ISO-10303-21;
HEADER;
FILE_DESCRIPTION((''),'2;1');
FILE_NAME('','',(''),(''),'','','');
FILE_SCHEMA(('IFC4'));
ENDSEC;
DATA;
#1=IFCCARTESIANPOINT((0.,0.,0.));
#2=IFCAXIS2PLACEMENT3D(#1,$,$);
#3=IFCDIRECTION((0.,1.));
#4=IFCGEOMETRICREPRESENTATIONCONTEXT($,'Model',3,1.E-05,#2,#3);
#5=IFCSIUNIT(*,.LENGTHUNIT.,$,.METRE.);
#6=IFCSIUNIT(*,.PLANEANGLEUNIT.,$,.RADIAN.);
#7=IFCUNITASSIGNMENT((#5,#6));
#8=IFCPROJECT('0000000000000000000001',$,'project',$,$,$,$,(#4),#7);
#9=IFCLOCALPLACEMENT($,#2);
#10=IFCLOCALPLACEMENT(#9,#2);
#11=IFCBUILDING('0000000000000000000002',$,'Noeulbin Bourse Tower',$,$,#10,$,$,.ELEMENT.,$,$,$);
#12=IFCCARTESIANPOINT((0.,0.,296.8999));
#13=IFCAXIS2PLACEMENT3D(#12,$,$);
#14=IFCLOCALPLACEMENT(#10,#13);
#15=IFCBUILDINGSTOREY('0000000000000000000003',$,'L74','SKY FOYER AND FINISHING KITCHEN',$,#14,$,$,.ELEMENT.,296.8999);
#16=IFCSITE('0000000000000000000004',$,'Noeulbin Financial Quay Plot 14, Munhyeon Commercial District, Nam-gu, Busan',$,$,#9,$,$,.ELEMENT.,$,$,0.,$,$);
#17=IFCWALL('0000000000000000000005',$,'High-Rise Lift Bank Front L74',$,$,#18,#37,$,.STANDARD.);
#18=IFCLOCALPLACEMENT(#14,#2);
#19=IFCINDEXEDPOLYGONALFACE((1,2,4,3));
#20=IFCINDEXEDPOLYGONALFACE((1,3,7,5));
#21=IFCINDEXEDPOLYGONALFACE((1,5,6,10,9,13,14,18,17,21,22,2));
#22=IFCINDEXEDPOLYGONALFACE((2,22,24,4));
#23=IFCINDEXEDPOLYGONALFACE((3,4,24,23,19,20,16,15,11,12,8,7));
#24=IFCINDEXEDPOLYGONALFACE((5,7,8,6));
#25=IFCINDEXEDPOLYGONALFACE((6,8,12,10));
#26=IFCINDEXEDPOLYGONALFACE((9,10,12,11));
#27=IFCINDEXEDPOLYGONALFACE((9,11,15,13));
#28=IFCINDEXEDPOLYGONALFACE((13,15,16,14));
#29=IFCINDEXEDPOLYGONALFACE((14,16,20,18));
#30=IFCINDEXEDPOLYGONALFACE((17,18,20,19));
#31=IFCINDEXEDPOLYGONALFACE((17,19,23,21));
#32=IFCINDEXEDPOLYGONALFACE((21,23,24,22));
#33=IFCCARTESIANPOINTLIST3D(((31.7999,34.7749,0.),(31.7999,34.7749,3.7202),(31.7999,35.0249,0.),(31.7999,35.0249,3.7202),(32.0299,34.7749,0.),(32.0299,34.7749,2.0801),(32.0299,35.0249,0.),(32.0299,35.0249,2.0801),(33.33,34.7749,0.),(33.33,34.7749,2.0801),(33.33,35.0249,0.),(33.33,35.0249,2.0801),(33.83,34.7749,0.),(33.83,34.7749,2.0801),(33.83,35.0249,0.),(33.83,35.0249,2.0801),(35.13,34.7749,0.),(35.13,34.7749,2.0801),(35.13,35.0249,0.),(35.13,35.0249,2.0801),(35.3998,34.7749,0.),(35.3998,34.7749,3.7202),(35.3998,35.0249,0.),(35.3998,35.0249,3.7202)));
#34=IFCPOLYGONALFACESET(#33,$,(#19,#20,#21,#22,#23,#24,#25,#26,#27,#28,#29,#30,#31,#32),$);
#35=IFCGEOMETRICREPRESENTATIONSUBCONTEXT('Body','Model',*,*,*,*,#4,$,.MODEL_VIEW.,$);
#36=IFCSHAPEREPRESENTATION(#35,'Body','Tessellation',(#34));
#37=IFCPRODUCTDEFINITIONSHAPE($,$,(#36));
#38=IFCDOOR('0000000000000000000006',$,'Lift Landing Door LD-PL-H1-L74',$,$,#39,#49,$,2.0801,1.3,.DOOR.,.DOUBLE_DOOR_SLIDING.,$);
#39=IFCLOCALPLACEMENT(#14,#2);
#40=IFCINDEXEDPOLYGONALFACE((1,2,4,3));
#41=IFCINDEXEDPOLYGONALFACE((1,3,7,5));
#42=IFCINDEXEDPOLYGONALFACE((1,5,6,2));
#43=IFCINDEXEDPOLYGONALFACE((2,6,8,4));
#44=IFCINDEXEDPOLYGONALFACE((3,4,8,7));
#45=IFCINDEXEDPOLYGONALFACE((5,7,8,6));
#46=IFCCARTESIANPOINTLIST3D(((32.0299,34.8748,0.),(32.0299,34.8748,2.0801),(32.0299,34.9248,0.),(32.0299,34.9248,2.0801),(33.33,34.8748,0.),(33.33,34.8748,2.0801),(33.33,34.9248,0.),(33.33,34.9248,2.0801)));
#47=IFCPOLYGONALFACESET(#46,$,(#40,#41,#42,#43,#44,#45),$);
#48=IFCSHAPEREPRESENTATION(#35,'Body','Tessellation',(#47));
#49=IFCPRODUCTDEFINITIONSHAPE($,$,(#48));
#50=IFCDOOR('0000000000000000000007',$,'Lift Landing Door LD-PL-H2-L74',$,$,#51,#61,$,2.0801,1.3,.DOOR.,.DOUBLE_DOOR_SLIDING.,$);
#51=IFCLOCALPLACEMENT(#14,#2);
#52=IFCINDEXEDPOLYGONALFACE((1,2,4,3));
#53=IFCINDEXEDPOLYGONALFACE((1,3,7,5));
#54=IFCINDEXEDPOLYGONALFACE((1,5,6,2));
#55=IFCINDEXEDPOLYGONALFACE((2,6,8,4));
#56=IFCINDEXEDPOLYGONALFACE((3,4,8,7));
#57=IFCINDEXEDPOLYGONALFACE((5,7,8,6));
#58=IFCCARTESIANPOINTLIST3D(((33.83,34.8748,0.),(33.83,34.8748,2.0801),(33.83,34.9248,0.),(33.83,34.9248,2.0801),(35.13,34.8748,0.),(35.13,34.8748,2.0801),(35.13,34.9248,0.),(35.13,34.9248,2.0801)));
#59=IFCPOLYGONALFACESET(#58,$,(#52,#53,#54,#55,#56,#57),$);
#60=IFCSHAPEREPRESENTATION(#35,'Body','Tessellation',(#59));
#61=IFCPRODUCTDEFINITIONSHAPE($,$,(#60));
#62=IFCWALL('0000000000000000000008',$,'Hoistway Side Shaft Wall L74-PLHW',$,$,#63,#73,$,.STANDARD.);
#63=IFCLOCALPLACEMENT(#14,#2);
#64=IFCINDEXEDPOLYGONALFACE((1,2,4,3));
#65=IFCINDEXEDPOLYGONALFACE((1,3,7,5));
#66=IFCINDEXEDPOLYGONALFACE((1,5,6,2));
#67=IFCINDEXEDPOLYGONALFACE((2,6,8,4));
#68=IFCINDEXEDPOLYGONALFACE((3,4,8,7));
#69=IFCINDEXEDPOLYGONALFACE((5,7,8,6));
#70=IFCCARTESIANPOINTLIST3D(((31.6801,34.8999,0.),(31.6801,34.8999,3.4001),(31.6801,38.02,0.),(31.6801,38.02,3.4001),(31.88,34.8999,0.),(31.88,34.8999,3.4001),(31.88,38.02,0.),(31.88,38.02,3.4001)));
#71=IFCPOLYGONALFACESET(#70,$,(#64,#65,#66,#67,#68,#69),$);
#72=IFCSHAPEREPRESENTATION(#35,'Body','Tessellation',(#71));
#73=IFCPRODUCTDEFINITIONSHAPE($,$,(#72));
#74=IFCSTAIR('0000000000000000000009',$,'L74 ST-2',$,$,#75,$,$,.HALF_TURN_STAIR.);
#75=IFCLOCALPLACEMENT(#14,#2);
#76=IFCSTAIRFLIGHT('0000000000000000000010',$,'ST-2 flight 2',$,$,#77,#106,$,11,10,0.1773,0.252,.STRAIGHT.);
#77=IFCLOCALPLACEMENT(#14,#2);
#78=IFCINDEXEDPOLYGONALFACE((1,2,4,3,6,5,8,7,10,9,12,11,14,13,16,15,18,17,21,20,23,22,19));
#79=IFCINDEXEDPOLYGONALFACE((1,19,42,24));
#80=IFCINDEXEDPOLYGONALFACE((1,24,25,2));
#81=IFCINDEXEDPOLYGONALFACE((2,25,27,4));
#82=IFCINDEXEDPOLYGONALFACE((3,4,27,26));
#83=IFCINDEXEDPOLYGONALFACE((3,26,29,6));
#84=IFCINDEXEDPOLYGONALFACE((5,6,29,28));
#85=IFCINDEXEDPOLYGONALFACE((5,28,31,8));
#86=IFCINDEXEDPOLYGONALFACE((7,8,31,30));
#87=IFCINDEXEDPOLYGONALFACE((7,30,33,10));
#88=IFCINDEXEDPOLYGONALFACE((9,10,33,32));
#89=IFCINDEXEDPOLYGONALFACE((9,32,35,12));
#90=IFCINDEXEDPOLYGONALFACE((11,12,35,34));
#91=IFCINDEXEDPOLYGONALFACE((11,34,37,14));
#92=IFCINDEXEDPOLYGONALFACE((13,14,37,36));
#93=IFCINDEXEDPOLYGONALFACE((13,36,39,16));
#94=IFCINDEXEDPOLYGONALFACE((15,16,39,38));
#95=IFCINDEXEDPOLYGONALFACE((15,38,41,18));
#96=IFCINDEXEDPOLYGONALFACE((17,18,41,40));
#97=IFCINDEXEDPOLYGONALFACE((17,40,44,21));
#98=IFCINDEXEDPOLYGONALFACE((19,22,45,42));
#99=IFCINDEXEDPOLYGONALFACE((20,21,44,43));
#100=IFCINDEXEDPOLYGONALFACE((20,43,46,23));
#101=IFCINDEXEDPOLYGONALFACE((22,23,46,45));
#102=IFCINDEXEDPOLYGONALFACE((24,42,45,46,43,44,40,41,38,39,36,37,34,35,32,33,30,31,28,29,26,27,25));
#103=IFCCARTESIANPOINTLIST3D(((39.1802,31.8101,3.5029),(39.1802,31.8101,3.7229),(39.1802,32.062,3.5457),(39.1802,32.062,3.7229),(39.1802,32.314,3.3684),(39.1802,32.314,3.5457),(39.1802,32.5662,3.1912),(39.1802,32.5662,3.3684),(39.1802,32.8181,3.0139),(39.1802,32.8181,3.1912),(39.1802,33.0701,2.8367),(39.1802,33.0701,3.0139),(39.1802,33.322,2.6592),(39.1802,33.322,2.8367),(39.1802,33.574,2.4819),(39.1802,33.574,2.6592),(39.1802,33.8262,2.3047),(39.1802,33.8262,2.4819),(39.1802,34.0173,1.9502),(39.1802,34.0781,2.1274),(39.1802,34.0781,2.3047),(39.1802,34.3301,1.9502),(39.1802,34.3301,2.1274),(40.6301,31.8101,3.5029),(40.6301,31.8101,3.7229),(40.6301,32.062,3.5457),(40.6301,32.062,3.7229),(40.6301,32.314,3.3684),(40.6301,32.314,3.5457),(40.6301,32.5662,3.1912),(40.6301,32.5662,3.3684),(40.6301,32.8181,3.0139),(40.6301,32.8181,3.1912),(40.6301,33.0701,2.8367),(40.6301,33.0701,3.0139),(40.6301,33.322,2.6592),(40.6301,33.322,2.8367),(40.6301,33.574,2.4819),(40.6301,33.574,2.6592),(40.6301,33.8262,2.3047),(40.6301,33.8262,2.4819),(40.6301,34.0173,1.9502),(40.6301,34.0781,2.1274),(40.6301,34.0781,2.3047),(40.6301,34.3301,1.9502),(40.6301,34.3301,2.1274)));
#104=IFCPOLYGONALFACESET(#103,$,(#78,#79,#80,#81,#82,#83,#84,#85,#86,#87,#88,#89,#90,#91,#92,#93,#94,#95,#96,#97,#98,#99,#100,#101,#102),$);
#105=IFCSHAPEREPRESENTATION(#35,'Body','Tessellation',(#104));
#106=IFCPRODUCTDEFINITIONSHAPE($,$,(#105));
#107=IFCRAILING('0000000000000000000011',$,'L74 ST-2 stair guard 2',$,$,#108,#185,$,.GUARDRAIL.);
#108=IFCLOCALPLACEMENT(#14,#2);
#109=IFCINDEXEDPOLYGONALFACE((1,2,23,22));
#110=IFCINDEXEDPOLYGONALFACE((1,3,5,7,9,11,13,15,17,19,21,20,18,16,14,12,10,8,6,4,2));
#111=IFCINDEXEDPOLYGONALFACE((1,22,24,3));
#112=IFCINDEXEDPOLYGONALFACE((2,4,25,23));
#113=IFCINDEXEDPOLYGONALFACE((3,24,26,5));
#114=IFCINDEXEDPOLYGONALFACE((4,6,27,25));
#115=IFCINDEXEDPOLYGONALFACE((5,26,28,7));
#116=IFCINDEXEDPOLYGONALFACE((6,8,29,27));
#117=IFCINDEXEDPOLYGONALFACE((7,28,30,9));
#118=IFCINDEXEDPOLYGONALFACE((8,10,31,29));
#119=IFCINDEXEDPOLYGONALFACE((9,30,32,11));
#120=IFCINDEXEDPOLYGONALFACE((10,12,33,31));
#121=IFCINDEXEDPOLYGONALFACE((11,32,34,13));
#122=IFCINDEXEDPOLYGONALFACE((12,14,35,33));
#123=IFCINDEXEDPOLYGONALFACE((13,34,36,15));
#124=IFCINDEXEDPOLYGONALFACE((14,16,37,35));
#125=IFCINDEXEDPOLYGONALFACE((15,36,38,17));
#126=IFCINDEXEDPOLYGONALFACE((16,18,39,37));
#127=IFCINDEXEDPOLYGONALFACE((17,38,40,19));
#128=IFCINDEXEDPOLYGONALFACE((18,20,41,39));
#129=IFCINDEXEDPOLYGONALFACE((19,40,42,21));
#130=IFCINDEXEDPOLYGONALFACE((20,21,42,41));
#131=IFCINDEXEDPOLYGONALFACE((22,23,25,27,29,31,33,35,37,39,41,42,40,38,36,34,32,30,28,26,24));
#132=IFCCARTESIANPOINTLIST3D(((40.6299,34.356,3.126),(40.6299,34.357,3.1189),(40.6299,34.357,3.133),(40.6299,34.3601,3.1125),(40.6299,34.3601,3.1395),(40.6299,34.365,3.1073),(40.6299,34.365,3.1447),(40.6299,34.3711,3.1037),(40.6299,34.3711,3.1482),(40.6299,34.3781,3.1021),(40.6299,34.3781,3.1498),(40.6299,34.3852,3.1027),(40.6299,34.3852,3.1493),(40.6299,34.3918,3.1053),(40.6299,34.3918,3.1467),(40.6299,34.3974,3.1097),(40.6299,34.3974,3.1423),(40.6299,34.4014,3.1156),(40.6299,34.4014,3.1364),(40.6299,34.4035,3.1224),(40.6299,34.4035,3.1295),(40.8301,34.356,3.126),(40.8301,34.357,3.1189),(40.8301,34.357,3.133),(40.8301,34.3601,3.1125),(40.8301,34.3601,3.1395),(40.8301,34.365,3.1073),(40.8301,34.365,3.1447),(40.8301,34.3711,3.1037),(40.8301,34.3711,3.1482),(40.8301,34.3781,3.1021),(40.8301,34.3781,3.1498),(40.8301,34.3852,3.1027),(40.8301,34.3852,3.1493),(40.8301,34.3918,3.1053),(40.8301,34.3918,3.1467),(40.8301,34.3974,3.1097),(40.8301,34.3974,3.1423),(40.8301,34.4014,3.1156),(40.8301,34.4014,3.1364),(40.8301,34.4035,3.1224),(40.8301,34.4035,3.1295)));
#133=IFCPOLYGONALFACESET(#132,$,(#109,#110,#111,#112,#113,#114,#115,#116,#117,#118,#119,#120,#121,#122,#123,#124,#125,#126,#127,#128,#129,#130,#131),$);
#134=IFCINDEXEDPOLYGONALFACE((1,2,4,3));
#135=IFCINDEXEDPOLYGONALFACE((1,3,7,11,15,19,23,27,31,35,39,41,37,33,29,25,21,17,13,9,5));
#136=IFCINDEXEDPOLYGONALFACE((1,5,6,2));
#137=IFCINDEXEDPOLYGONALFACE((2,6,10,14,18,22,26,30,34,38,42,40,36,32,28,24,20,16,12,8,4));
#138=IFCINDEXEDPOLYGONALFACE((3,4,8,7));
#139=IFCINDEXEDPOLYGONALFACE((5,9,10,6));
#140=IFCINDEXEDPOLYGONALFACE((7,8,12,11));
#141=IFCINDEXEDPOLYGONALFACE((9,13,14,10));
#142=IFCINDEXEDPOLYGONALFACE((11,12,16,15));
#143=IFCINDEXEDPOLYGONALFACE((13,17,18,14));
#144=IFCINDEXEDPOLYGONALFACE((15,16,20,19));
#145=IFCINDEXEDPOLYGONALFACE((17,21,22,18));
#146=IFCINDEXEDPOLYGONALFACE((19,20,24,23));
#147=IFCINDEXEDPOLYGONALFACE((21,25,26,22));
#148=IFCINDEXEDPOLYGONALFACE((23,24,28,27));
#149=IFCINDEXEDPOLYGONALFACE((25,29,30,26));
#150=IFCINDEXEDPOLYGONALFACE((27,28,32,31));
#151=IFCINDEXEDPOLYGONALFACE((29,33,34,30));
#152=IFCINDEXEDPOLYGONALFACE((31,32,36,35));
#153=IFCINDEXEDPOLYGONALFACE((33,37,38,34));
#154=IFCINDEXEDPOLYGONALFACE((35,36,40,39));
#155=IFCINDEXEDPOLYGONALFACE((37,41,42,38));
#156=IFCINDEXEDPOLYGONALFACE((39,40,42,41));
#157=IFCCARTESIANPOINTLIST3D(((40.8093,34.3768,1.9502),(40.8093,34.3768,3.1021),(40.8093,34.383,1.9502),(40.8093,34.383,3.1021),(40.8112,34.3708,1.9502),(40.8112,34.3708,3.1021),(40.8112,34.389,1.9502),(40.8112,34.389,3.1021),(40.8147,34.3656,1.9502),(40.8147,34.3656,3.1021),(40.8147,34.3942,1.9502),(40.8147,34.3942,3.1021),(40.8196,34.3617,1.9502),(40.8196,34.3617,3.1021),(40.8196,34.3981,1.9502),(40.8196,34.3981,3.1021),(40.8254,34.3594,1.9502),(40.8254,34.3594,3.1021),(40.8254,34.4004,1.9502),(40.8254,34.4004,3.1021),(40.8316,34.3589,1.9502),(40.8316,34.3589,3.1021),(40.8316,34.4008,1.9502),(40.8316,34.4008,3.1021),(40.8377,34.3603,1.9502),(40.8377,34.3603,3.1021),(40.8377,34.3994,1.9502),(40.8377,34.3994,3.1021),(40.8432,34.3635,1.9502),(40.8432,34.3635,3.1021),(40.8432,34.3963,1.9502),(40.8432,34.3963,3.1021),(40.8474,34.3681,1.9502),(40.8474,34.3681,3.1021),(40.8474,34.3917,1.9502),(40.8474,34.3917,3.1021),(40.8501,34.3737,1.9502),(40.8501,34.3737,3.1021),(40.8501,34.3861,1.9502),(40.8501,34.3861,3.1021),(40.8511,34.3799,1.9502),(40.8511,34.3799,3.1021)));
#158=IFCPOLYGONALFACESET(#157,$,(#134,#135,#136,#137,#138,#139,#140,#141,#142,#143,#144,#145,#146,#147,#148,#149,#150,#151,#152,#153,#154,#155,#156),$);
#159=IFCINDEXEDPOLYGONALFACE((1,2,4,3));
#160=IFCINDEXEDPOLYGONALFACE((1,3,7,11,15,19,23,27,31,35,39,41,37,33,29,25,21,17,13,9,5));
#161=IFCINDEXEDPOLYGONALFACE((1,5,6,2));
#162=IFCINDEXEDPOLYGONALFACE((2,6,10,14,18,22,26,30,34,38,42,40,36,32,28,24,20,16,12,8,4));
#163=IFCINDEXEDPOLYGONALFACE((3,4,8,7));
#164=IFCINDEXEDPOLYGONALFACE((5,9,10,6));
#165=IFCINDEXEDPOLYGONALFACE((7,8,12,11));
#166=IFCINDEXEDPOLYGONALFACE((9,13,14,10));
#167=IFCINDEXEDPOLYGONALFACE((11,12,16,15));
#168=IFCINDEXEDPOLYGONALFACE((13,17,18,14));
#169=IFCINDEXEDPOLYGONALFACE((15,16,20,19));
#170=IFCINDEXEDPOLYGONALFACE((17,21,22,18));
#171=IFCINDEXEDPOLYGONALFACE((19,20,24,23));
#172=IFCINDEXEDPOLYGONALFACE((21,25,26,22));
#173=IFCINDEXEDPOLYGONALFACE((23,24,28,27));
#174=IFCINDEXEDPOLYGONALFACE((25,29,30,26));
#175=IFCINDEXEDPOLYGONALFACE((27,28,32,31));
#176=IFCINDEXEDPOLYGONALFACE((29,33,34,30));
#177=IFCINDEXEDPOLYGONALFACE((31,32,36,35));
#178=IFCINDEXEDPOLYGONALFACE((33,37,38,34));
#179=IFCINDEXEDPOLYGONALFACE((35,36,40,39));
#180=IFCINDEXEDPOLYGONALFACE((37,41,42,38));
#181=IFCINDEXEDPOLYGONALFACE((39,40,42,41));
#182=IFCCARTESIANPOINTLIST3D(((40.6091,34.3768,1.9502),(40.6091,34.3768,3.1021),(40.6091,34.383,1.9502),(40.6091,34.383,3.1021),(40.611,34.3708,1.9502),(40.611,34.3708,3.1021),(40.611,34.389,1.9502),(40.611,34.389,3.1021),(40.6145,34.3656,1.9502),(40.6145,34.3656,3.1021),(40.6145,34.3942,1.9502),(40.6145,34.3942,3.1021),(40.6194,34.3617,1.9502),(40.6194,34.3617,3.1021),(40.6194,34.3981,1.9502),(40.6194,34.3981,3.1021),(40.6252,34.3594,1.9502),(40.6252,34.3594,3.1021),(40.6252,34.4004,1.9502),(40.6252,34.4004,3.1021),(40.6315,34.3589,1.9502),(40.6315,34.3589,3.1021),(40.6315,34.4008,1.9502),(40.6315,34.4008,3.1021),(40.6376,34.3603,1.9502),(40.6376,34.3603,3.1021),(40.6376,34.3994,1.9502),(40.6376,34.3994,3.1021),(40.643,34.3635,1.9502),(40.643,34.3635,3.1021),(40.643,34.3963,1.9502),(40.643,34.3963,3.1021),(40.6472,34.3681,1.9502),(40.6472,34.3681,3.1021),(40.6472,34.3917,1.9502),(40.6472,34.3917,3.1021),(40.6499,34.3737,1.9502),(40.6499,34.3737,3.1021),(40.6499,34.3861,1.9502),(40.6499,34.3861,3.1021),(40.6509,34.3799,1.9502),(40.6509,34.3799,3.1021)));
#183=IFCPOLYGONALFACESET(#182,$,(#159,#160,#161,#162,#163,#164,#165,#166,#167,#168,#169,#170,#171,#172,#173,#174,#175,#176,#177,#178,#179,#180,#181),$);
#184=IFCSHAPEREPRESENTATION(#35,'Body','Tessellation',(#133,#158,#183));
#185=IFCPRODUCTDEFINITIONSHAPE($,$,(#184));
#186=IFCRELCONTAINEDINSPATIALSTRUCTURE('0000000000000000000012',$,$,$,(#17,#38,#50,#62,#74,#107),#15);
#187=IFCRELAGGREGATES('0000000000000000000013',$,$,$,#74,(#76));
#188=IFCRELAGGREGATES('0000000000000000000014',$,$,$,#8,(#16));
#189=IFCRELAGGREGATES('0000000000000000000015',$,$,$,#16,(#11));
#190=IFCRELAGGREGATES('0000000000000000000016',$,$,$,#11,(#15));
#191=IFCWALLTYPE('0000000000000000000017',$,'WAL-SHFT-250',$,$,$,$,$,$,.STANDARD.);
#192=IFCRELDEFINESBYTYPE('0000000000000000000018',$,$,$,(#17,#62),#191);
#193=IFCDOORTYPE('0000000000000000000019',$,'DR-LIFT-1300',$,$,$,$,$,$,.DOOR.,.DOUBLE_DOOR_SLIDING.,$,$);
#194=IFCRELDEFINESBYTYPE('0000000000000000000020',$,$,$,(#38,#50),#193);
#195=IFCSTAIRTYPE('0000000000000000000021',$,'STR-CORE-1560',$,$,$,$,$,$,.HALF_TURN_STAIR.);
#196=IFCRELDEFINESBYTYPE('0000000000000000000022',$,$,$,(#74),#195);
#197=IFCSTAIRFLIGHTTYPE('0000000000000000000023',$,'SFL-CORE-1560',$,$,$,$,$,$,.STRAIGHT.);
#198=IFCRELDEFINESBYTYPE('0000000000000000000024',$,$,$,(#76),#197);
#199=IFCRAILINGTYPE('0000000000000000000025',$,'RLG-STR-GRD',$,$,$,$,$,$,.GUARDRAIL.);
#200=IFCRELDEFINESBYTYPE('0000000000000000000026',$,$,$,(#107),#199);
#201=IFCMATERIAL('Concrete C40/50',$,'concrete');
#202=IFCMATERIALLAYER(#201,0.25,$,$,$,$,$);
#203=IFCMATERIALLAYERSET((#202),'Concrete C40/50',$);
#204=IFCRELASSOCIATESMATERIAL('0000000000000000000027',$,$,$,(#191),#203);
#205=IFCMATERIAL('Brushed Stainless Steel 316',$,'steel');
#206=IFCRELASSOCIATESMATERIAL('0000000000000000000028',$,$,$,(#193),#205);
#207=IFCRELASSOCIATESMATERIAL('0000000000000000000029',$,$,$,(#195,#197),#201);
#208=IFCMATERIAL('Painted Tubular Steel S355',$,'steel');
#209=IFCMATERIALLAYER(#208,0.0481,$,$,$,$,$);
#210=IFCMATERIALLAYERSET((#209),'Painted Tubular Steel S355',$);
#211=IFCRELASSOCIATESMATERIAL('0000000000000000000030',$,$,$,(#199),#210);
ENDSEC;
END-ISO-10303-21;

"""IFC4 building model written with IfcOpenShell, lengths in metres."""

from ifc_helpers import new_model, si_unit, direction, frame, frame_2d, origin, origin_2d, place, context, subcontext, project, spatial, polyline, rectangle, circle, outline, extrude, material, layer, layer_set, type_object, element, fill, aggregate, save


model = new_model("IFC4")

# Units and contexts
model_context = context("Model", 3, precision=1e-05, world=origin(), true_north=direction((0.0, 1.0)))
body_context = subcontext(model_context, "Body", "Model", "MODEL_VIEW")
ifc_project = project(units=[si_unit("LENGTHUNIT", "METRE"), si_unit("PLANEANGLEUNIT", "RADIAN")], contexts=[model_context])

# Site, building, storey
site_placement = place(None, origin())
site = spatial("IfcSite", under=ifc_project, at=site_placement, Name="Noeulbin Financial Quay Plot 14, Munhyeon Commercial District, Nam-gu, Busan", CompositionType="ELEMENT", RefElevation=0.0)
building_placement = place(site_placement, origin())
building = spatial("IfcBuilding", under=site, at=building_placement, Name="Noeulbin Bourse Tower", CompositionType="ELEMENT")
storey_placement = place(building_placement, frame((0.0, 0.0, 296.8999)))
storey = spatial("IfcBuildingStorey", under=building, at=storey_placement, Name="L74", Description="SKY FOYER AND FINISHING KITCHEN", CompositionType="ELEMENT", Elevation=296.8999)

# Shared definitions
ifc_material_1 = material(Name="Concrete C40/50", Category="concrete")
ifc_layer_1 = layer(ifc_material_1, 0.25)
ifc_layer_set_1 = layer_set([ifc_layer_1], Name="Concrete C40/50")
wall_type_1 = type_object("IfcWallType", Name="WAL-SHFT-250", PredefinedType="STANDARD", material=ifc_layer_set_1)

# Shared definitions
ifc_material_2 = material(Name="Brushed Stainless Steel 316", Category="steel")

# Wall, openings, doors
wall_1_placement = place(storey_placement, frame((31.8, 34.8999, 0.0), z_axis=(0.0, 0.0, 1.0), x_axis=(1.0, 0.0, 0.0)))
wall_1 = element("IfcWall", 1, at=wall_1_placement, inside=storey, type_object=wall_type_1, Name="High-Rise Lift Bank Front L74", PredefinedType="STANDARD", context=body_context, shape_type="SweptSolid", body=[
    extrude(rectangle(XDim=3.5999, YDim=0.25, at=frame_2d((1.7998, 0.0))), origin(), (0.0, 0.0, 1.0), 3.7202),
])
opening_1_placement = place(wall_1_placement, frame((0.23, 0.0, 0.0)))
opening_1 = element("IfcOpeningElement", 2, at=opening_1_placement, cuts=wall_1, PredefinedType="OPENING", context=body_context, shape_type="SweptSolid", body=[
    extrude(rectangle(XDim=1.3, YDim=2.0801, at=frame_2d((0.6499, 1.04))), frame((0.0, 0.135, 0.0), z_axis=(0.0, -1.0, 0.0), x_axis=(1.0, 0.0, 0.0)), (0.0, 0.0, 1.0), 0.27),
])
opening_2_placement = place(wall_1_placement, frame((2.03, 0.0, 0.0)))
opening_2 = element("IfcOpeningElement", 3, at=opening_2_placement, cuts=wall_1, PredefinedType="OPENING", context=body_context, shape_type="SweptSolid", body=[
    extrude(rectangle(XDim=1.3, YDim=2.0801, at=frame_2d((0.6499, 1.04))), frame((0.0, 0.135, 0.0), z_axis=(0.0, -1.0, 0.0), x_axis=(1.0, 0.0, 0.0)), (0.0, 0.0, 1.0), 0.27),
])
door_type_1 = type_object("IfcDoorType", Name="DR-LIFT-1300", OperationType="DOUBLE_DOOR_SLIDING", PredefinedType="DOOR", material=ifc_material_2)
door_1_placement = place(opening_1_placement, origin())
door_1 = element("IfcDoor", 4, at=door_1_placement, inside=storey, type_object=door_type_1, Name="Lift Landing Door LD-PL-H1-L74", OperationType="DOUBLE_DOOR_SLIDING", OverallHeight=2.0801, OverallWidth=1.3, PredefinedType="DOOR", context=body_context, shape_type="SweptSolid", body=[
    extrude(rectangle(XDim=1.3, YDim=2.0801, at=frame_2d((0.6499, 1.04))), frame((0.0, 0.0249, 0.0), z_axis=(0.0, -1.0, 0.0), x_axis=(1.0, 0.0, 0.0)), (0.0, 0.0, 1.0), 0.05),
])
fill(opening_1, door_1)
door_2_placement = place(opening_2_placement, origin())
door_2 = element("IfcDoor", 5, at=door_2_placement, inside=storey, type_object=door_type_1, Name="Lift Landing Door LD-PL-H2-L74", OperationType="DOUBLE_DOOR_SLIDING", OverallHeight=2.0801, OverallWidth=1.3, PredefinedType="DOOR", context=body_context, shape_type="SweptSolid", body=[
    extrude(rectangle(XDim=1.3, YDim=2.0801, at=frame_2d((0.6499, 1.04))), frame((0.0, 0.0249, 0.0), z_axis=(0.0, -1.0, 0.0), x_axis=(1.0, 0.0, 0.0)), (0.0, 0.0, 1.0), 0.05),
])
fill(opening_2, door_2)

# Wall
wall_2_placement = place(storey_placement, frame((31.78, 34.8999, 0.0), z_axis=(0.0, 0.0, 1.0), x_axis=(0.0, 1.0, 0.0)))
element("IfcWall", 6, at=wall_2_placement, inside=storey, type_object=wall_type_1, Name="Hoistway Side Shaft Wall L74-PLHW", PredefinedType="STANDARD", context=body_context, shape_type="SweptSolid", body=[
    extrude(rectangle(XDim=3.1201, YDim=0.2, at=frame_2d((1.5601, 0.0))), origin(), (0.0, 0.0, 1.0), 3.4001),
])

# Stair, stair flight
stair_type = type_object("IfcStairType", Name="STR-CORE-1560", PredefinedType="HALF_TURN_STAIR", material=ifc_material_1)
stair_placement = place(storey_placement, origin())
stair = element("IfcStair", 7, at=stair_placement, inside=storey, type_object=stair_type, Name="L74 ST-2", PredefinedType="HALF_TURN_STAIR")
stair_flight_type = type_object("IfcStairFlightType", Name="SFL-CORE-1560", PredefinedType="STRAIGHT", material=ifc_material_1)
stair_flight_placement = place(storey_placement, frame((39.905, 34.3301, 1.9502), z_axis=(0.0, 0.0, 1.0), x_axis=(0.0, -1.0, 0.0)))
stair_flight = element("IfcStairFlight", 8, at=stair_flight_placement, type_object=stair_flight_type, Name="ST-2 flight 2", NumberOfRisers=11, NumberOfTreads=10, PredefinedType="STRAIGHT", RiserHeight=0.1773, TreadLength=0.252, context=body_context, shape_type="SweptSolid", body=[
    extrude(outline(polyline([(0.0, 0.0), (0.0, 0.1772), (0.252, 0.1772), (0.252, 0.3545), (0.5039, 0.3545), (0.5039, 0.5317), (0.7561, 0.5317), (0.7561, 0.709), (1.0081, 0.709), (1.0081, 0.8865), (1.26, 0.8865), (1.26, 1.0637), (1.512, 1.0637), (1.512, 1.241), (1.7639, 1.241), (1.7639, 1.4182), (2.0161, 1.4182), (2.0161, 1.5955), (2.2681, 1.5955), (2.2681, 1.7727), (2.52, 1.7727), (2.52, 1.95), (2.52, 1.5527), (0.3127, 0.0), (0.0, 0.0)])), frame((0.0, 0.7251, 0.0), z_axis=(0.0, -1.0, 0.0), x_axis=(1.0, 0.0, 0.0)), (0.0, 0.0, 1.0), 1.45),
])
aggregate(stair, [stair_flight])

# Railing
ifc_material_3 = material(Name="Painted Tubular Steel S355", Category="steel")
ifc_layer_2 = layer(ifc_material_3, 0.0481)
ifc_layer_set_2 = layer_set([ifc_layer_2], Name="Painted Tubular Steel S355")
railing_type_1 = type_object("IfcRailingType", Name="RLG-STR-GRD", PredefinedType="GUARDRAIL", material=ifc_layer_set_2)
railing_1_placement = place(storey_placement, frame((40.8301, 34.3799, 1.9502)))
element("IfcRailing", 9, at=railing_1_placement, inside=storey, type_object=railing_type_1, Name="L74 ST-2 stair guard 2", PredefinedType="GUARDRAIL", context=body_context, shape_type="SweptSolid", body=[
    extrude(circle(Radius=0.0239, at=origin_2d()), frame((0.0, 0.0, 1.1758), z_axis=(-1.0, 0.0, 0.0), x_axis=(0.0, -1.0, 0.0)), (0.0, 0.0, 1.0), 0.2002),
    extrude(circle(Radius=0.021, at=origin_2d()), origin(), (0.0, 0.0, 1.0), 1.1519),
    extrude(circle(Radius=0.021, at=origin_2d()), frame((-0.2002, 0.0, 0.0)), (0.0, 0.0, 1.0), 1.1519),
])

save(model, "model.ifc")
